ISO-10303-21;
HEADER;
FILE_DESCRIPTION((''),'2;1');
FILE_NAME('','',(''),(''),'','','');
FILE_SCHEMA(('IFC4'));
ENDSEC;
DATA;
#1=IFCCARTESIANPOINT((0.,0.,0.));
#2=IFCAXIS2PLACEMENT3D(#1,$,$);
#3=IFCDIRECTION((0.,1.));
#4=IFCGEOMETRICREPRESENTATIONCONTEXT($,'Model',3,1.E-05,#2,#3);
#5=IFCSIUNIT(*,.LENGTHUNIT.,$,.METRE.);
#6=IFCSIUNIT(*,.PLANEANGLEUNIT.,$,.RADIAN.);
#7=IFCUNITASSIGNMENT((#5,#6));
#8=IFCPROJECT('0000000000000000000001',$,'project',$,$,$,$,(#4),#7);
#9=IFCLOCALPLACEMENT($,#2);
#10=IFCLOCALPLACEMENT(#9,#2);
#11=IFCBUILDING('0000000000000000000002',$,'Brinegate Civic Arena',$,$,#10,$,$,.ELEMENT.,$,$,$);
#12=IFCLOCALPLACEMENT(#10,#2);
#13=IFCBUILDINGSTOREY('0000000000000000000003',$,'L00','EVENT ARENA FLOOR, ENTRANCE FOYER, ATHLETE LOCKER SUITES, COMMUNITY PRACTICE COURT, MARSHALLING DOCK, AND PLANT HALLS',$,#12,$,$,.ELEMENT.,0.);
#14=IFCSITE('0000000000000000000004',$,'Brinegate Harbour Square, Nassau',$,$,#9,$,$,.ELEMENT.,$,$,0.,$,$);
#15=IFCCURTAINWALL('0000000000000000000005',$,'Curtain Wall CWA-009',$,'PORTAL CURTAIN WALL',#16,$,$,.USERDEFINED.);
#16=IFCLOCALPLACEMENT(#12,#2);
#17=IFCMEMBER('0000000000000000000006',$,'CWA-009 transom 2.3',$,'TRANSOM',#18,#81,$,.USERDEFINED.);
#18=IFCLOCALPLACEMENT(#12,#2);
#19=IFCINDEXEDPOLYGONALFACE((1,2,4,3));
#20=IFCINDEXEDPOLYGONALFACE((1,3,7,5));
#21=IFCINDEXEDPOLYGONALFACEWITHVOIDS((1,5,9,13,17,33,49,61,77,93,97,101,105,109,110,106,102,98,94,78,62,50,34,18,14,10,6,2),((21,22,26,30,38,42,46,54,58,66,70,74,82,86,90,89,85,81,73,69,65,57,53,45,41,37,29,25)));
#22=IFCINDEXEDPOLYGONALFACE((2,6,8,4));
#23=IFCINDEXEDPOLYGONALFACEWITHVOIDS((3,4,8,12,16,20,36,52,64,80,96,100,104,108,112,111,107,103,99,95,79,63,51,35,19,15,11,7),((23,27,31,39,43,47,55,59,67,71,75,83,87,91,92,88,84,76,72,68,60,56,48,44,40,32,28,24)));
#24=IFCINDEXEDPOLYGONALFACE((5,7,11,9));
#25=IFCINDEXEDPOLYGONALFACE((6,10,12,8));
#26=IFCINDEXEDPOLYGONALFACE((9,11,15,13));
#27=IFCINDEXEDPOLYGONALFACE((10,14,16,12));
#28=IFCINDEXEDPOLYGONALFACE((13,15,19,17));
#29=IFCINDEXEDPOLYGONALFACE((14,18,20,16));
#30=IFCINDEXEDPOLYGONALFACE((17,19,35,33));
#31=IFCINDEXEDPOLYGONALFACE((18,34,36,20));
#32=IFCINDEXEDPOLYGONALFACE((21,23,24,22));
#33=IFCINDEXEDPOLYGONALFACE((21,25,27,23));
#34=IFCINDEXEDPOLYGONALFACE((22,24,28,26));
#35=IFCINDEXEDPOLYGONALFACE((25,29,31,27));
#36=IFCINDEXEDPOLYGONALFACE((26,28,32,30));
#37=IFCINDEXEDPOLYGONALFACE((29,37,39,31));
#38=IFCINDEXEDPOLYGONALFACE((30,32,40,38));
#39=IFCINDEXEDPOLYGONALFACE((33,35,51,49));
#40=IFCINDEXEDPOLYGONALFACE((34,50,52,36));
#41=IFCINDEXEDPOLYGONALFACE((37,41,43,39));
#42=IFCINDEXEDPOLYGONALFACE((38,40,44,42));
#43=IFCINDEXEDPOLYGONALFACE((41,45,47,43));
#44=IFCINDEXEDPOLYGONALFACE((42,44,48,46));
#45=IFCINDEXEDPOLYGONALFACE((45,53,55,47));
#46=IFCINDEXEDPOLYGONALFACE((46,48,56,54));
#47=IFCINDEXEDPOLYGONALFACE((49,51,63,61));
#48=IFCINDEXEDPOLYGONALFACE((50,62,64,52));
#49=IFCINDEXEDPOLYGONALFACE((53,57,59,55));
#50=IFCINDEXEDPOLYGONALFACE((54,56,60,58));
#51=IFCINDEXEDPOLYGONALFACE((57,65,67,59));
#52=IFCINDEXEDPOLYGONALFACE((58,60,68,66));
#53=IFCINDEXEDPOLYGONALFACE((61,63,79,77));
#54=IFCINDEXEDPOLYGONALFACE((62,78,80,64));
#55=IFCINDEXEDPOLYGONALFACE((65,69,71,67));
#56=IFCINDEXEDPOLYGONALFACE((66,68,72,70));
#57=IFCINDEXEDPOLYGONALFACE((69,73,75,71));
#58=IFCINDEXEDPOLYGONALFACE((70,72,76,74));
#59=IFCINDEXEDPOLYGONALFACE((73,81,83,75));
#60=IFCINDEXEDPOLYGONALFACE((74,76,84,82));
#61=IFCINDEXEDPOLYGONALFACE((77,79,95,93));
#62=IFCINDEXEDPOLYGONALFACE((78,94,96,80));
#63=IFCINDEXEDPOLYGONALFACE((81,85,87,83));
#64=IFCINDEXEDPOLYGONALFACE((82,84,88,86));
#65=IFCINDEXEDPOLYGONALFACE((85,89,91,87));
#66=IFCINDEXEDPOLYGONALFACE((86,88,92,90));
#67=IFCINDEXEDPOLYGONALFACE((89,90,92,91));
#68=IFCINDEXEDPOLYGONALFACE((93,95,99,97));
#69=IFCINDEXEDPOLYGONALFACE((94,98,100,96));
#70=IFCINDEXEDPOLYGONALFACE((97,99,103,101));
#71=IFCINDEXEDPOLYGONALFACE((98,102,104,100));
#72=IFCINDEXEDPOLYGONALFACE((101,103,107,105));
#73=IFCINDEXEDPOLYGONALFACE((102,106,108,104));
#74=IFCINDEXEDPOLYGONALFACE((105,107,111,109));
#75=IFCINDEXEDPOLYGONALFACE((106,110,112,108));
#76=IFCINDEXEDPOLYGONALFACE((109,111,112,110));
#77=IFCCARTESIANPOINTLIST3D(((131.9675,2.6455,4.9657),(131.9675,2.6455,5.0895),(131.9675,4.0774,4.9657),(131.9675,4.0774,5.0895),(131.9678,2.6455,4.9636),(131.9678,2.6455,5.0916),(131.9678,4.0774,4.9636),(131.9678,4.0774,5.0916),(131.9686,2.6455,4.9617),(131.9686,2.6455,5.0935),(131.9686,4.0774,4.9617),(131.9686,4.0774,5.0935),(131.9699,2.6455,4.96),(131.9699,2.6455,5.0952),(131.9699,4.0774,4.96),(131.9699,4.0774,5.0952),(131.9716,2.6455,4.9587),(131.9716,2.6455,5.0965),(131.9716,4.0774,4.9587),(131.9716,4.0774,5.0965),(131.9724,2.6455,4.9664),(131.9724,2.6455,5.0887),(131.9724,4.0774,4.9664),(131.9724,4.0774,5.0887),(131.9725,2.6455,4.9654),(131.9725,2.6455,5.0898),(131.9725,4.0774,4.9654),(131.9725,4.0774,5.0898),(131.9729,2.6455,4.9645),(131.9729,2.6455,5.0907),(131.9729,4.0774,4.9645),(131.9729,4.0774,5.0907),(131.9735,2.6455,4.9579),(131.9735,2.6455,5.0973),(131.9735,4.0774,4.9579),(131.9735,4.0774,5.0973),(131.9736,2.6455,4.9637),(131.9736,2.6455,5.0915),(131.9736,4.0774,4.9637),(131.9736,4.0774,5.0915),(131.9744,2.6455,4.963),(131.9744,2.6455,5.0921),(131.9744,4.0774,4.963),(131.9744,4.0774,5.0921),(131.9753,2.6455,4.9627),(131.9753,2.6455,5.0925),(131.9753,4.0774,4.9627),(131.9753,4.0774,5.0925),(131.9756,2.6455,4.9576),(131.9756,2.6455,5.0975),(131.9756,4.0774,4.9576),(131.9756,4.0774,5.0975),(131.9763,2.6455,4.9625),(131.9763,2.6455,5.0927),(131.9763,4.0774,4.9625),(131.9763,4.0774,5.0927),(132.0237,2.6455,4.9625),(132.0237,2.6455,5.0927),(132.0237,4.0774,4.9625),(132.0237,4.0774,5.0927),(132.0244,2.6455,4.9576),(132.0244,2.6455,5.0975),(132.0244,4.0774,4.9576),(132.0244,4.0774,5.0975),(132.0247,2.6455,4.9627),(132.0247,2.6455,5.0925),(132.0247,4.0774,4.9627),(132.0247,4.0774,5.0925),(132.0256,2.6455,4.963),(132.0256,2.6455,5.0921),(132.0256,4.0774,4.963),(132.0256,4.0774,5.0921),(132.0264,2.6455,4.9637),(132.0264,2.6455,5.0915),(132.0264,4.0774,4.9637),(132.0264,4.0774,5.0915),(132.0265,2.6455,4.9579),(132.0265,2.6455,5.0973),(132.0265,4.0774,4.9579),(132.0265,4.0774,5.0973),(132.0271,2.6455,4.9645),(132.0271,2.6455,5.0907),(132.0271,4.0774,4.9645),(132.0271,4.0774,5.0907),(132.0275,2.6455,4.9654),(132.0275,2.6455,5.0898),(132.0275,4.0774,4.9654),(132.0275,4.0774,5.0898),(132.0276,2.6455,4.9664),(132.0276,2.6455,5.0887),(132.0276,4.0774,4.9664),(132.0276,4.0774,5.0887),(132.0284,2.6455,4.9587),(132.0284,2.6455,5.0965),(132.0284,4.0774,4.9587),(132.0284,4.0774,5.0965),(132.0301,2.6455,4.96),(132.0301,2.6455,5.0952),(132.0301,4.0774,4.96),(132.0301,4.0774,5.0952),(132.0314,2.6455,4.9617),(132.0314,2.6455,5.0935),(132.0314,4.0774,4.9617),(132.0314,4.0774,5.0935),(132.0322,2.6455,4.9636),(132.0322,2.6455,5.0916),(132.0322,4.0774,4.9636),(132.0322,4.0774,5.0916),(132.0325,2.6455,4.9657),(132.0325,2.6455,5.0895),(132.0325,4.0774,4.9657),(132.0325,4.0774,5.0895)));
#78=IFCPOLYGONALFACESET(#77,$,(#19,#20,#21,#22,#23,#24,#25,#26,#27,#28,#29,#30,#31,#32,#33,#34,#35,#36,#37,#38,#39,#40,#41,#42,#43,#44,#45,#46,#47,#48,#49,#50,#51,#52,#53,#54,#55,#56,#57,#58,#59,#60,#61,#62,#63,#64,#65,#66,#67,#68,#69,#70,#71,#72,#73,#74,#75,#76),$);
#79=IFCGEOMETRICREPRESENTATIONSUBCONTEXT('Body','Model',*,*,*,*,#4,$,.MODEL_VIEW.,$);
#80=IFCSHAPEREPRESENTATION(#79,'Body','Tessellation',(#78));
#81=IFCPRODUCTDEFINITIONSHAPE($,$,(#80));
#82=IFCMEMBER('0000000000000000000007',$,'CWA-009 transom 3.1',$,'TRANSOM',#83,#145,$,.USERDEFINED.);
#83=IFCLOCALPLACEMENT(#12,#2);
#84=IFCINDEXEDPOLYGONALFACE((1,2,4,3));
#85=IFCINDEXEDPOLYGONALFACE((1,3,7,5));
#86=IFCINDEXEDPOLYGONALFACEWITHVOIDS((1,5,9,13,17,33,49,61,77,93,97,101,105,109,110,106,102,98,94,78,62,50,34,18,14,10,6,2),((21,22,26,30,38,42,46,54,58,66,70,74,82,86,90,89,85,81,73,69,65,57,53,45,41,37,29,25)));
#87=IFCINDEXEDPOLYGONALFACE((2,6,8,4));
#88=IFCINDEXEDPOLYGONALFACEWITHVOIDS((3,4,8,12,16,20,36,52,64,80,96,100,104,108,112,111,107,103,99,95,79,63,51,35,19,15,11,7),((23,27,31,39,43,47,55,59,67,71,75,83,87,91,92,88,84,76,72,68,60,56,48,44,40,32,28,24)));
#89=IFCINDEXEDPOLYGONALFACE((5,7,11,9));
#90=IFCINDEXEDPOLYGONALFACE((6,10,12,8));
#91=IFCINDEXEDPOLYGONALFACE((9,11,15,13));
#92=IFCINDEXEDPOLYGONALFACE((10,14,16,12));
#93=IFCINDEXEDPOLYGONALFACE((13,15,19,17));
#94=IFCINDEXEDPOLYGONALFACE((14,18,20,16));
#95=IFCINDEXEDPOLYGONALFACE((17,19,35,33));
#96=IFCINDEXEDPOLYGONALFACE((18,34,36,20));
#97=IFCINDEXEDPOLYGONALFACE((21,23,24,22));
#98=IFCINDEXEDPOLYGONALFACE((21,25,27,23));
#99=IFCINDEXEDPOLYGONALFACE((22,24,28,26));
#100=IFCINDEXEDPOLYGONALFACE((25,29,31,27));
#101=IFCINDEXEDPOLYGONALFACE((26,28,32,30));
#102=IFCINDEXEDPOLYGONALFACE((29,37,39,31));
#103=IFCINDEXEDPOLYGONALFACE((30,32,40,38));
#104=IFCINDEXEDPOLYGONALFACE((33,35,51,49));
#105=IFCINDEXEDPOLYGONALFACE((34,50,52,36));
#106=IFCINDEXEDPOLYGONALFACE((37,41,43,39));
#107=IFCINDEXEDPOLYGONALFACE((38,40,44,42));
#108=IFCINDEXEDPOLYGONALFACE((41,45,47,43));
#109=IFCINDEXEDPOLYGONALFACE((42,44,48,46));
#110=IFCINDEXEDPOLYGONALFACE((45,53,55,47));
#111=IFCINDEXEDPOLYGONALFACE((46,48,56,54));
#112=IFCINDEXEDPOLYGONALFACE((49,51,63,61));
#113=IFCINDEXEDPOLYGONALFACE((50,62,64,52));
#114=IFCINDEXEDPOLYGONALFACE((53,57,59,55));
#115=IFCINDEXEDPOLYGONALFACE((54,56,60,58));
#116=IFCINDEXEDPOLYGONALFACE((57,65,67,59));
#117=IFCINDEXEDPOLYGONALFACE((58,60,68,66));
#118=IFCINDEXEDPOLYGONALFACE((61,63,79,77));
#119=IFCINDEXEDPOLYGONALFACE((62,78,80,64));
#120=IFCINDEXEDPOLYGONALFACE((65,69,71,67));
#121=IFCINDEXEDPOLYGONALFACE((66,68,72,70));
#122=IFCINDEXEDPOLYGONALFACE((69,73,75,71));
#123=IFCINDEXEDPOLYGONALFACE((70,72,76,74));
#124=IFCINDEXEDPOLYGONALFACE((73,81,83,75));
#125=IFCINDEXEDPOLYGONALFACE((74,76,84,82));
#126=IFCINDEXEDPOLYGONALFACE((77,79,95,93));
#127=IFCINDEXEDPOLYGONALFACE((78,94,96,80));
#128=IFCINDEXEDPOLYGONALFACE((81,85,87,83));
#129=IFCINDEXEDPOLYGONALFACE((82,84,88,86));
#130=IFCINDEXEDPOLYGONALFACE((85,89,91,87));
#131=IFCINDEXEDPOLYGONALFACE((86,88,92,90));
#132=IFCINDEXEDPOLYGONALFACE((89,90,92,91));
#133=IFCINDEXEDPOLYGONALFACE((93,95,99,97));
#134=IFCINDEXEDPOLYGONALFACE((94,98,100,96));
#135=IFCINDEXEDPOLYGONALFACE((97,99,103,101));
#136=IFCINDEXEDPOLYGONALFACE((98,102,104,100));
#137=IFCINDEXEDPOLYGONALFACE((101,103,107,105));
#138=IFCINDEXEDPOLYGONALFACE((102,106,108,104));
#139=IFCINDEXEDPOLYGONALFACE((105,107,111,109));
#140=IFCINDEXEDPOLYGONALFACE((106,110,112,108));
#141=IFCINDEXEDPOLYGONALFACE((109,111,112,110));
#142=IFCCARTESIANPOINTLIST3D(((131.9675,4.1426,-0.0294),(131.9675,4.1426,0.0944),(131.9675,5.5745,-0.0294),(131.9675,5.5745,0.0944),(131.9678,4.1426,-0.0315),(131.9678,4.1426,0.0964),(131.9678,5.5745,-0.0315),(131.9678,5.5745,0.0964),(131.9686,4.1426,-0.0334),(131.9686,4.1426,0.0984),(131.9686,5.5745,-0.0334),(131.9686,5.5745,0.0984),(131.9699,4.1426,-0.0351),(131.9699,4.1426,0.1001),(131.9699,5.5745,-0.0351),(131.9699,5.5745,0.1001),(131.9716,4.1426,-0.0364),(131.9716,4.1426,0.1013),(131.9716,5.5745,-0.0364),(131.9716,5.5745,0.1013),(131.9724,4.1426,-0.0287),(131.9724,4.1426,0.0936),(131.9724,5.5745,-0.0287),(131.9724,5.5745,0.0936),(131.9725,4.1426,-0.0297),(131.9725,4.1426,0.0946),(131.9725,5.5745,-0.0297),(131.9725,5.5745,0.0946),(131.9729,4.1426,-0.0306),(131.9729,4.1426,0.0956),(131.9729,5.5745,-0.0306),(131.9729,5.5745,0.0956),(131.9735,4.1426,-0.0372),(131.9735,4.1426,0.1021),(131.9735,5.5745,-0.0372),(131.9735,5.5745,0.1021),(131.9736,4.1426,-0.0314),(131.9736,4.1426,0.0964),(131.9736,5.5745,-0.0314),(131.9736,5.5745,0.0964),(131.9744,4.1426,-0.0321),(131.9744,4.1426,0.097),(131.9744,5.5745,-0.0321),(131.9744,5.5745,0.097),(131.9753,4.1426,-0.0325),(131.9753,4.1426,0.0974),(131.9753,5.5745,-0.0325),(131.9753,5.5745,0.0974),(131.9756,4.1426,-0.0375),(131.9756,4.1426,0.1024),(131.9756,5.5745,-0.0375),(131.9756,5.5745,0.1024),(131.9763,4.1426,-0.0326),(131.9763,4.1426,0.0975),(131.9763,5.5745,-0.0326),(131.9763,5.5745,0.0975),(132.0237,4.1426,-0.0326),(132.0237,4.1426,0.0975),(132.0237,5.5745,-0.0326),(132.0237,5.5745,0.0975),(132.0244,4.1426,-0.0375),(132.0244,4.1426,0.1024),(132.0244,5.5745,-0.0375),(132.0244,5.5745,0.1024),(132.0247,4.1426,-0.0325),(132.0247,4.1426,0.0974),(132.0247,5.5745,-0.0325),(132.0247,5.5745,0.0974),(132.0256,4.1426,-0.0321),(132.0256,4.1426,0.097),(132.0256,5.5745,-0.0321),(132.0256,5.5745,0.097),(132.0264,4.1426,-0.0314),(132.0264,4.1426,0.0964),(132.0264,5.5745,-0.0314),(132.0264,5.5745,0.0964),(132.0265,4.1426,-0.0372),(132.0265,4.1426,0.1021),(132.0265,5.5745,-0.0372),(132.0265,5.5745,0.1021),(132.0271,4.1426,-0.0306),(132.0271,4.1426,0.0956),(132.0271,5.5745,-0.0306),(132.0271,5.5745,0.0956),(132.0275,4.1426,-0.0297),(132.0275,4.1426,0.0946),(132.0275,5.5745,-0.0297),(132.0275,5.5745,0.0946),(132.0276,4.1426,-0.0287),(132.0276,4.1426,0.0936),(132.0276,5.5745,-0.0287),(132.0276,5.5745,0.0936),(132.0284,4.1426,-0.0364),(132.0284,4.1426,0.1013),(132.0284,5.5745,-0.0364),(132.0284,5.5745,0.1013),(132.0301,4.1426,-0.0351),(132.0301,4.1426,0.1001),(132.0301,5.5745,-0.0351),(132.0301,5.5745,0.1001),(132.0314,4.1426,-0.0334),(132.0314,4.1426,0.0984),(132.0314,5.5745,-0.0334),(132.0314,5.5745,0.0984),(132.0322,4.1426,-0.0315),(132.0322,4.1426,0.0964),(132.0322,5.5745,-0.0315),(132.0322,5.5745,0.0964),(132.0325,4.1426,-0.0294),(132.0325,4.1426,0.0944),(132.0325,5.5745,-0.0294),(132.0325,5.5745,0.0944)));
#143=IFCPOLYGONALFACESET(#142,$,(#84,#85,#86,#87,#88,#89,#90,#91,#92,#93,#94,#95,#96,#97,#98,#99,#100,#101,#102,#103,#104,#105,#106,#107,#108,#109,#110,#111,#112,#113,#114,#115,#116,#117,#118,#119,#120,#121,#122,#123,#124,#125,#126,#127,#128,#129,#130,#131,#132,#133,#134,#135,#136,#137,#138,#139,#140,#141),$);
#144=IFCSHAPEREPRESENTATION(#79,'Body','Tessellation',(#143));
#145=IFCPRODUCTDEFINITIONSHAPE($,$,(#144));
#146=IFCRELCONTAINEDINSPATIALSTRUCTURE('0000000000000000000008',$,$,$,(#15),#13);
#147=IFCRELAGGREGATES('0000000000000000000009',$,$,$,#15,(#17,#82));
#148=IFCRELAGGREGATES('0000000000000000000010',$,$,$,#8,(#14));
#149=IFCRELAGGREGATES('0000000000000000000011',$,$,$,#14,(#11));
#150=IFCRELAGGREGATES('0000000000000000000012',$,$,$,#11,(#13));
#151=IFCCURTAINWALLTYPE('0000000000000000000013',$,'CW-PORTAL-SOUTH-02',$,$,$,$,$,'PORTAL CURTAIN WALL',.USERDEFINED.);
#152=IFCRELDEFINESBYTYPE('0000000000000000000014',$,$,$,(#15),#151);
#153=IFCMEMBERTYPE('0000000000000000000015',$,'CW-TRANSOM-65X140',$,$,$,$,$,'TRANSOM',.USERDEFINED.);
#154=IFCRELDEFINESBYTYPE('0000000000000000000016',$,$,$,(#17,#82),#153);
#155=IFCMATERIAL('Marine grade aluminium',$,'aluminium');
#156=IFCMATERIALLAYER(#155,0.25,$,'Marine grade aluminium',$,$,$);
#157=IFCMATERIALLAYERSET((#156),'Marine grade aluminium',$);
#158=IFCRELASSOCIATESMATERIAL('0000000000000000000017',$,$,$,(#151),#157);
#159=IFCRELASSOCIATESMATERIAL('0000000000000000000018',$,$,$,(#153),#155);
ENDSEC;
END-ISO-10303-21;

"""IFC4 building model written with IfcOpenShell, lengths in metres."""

from ifc_helpers import new_model, si_unit, direction, frame, origin, origin_2d, place, context, subcontext, project, spatial, hollow_rectangle, extrude, material, layer, layer_set, material_profile, profile_set, type_object, element, aggregate, save


model = new_model("IFC4")

# Units and contexts
model_context = context("Model", 3, precision=1e-05, world=origin(), true_north=direction((0.0, 1.0)))
body_context = subcontext(model_context, "Body", "Model", "MODEL_VIEW")
ifc_project = project(units=[si_unit("LENGTHUNIT", "METRE"), si_unit("PLANEANGLEUNIT", "RADIAN")], contexts=[model_context])

# Site, building, storey
site_placement = place(None, origin())
site = spatial("IfcSite", under=ifc_project, at=site_placement, Name="Brinegate Harbour Square, Nassau", CompositionType="ELEMENT", RefElevation=0.0)
building_placement = place(site_placement, origin())
building = spatial("IfcBuilding", under=site, at=building_placement, Name="Brinegate Civic Arena", CompositionType="ELEMENT")
storey_placement = place(building_placement, origin())
storey = spatial("IfcBuildingStorey", under=building, at=storey_placement, Name="L00", Description="EVENT ARENA FLOOR, ENTRANCE FOYER, ATHLETE LOCKER SUITES, COMMUNITY PRACTICE COURT, MARSHALLING DOCK, AND PLANT HALLS", CompositionType="ELEMENT", Elevation=0.0)

# Curtain wall, members
ifc_material_1 = material(Name="Marine grade aluminium", Category="aluminium")
ifc_layer_1 = layer(ifc_material_1, 0.25, Name="Marine grade aluminium")
ifc_layer_set_1 = layer_set([ifc_layer_1], Name="Marine grade aluminium")
curtain_wall_type = type_object("IfcCurtainWallType", Name="CW-PORTAL-SOUTH-02", ElementType="PORTAL CURTAIN WALL", PredefinedType="USERDEFINED", material=ifc_layer_set_1)
curtain_wall_placement = place(storey_placement, origin())
curtain_wall = element("IfcCurtainWall", 1, at=curtain_wall_placement, inside=storey, type_object=curtain_wall_type, Name="Curtain Wall CWA-009", ObjectType="PORTAL CURTAIN WALL", PredefinedType="USERDEFINED")
ifc_material_profile_1 = material_profile(ifc_material_1, hollow_rectangle(XDim=0.0649, YDim=0.1399, WallThickness=0.0049, InnerFilletRadius=0.0039, OuterFilletRadius=0.0081, at=origin_2d()), Name="TRN65X140")
ifc_profile_set_1 = profile_set([ifc_material_profile_1], Name="Marine grade aluminium")
member_type_1 = type_object("IfcMemberType", Name="CW-TRANSOM-65X140", ElementType="TRANSOM", PredefinedType="USERDEFINED", material=ifc_profile_set_1)
member_1_placement = place(storey_placement, frame((132.0, 2.6455, 5.0276), z_axis=(0.0, 1.0, 0.0), x_axis=(-1.0, 0.0, 0.0)))
member_1 = element("IfcMember", 2, at=member_1_placement, type_object=member_type_1, Name="CWA-009 transom 2.3", ObjectType="TRANSOM", PredefinedType="USERDEFINED", context=body_context, shape_type="SweptSolid", body=[
    extrude(hollow_rectangle(XDim=0.0649, YDim=0.1399, WallThickness=0.0049, InnerFilletRadius=0.0039, OuterFilletRadius=0.0081, at=origin_2d()), origin(), (0.0, 0.0, 1.0), 1.4319),
])
member_2_placement = place(storey_placement, frame((132.0, 4.1426, 0.0325), z_axis=(0.0, 1.0, 0.0), x_axis=(-1.0, 0.0, 0.0)))
member_2 = element("IfcMember", 3, at=member_2_placement, type_object=member_type_1, Name="CWA-009 transom 3.1", ObjectType="TRANSOM", PredefinedType="USERDEFINED", context=body_context, shape_type="SweptSolid", body=[
    extrude(hollow_rectangle(XDim=0.0649, YDim=0.1399, WallThickness=0.0049, InnerFilletRadius=0.0039, OuterFilletRadius=0.0081, at=origin_2d()), origin(), (0.0, 0.0, 1.0), 1.4319),
])
aggregate(curtain_wall, [member_1, member_2])

save(model, "model.ifc")
